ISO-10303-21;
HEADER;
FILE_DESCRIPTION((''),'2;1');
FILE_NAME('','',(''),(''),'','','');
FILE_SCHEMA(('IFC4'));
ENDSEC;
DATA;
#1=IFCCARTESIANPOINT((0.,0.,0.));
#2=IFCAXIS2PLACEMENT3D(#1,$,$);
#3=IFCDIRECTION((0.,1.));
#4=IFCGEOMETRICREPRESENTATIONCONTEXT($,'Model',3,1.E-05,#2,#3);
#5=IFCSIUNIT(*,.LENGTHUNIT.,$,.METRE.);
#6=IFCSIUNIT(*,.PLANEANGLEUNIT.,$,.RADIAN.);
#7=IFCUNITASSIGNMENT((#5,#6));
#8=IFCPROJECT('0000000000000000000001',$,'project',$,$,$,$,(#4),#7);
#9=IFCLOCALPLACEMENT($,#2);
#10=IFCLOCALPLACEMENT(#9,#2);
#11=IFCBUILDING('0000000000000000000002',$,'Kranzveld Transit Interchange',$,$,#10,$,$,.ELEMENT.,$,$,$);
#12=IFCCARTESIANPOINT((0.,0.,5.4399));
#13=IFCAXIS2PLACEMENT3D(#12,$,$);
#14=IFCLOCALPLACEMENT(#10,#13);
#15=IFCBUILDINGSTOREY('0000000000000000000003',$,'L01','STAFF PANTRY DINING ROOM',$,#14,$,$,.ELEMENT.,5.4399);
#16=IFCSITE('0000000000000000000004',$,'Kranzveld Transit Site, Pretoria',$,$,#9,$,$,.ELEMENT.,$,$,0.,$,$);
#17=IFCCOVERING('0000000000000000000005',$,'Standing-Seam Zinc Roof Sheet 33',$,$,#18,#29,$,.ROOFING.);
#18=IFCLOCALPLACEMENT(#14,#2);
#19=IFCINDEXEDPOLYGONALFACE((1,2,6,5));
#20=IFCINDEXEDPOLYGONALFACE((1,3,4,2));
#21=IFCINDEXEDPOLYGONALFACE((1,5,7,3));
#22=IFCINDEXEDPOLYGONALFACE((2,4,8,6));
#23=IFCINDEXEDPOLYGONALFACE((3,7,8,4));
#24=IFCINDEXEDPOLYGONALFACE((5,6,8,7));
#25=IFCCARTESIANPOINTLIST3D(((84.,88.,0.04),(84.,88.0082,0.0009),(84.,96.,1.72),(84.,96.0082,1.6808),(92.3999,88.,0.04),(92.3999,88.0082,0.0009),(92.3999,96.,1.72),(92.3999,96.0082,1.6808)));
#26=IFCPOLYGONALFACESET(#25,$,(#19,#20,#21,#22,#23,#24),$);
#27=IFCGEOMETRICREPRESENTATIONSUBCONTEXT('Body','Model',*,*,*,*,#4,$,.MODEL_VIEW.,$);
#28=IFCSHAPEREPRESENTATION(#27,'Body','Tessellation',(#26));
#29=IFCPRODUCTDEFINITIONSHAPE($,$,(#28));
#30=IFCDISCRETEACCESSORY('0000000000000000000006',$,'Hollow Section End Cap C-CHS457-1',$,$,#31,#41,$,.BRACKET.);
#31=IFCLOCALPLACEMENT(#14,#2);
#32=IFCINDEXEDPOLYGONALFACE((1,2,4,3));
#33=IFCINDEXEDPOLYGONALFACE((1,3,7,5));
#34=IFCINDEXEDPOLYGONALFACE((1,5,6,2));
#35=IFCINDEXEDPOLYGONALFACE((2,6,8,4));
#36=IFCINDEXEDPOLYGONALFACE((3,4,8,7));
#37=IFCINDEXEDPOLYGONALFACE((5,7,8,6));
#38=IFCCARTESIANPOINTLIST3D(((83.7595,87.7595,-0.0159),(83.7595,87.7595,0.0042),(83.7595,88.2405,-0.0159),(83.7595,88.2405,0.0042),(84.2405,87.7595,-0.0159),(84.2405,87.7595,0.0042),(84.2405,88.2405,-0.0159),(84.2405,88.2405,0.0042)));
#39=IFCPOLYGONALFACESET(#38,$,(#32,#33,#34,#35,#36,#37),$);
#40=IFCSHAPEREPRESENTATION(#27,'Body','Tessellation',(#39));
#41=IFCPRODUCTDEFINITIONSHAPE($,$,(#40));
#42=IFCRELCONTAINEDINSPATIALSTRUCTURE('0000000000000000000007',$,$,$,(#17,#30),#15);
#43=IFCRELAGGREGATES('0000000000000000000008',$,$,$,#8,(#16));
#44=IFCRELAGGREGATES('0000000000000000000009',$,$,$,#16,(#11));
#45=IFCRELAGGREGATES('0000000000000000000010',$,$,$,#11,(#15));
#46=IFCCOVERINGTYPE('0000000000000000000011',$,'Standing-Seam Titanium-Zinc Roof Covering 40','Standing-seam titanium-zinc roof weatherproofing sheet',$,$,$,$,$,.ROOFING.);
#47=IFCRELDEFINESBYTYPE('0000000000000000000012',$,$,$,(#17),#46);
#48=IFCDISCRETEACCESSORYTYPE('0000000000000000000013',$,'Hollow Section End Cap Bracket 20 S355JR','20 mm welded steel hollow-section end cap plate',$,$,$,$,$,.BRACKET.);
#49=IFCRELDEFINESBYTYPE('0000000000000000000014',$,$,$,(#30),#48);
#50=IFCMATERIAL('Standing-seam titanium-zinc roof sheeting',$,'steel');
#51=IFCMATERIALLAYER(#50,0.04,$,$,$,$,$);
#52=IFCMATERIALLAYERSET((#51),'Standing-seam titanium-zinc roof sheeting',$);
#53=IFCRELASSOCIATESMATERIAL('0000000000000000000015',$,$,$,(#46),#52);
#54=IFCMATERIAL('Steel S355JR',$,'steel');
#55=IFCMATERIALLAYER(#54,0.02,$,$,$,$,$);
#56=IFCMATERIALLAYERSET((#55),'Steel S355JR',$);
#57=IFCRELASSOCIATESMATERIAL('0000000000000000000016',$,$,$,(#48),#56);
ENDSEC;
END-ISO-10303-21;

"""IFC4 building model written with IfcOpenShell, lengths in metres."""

from ifc_helpers import new_model, si_unit, direction, frame, origin, origin_2d, place, context, subcontext, project, spatial, polyline, rectangle, outline, extrude, material, layer, layer_set, type_object, element, save


model = new_model("IFC4")

# Units and contexts
model_context = context("Model", 3, precision=1e-05, world=origin(), true_north=direction((0.0, 1.0)))
body_context = subcontext(model_context, "Body", "Model", "MODEL_VIEW")
ifc_project = project(units=[si_unit("LENGTHUNIT", "METRE"), si_unit("PLANEANGLEUNIT", "RADIAN")], contexts=[model_context])

# Site, building, storey
site_placement = place(None, origin())
site = spatial("IfcSite", under=ifc_project, at=site_placement, Name="Kranzveld Transit Site, Pretoria", CompositionType="ELEMENT", RefElevation=0.0)
building_placement = place(site_placement, origin())
building = spatial("IfcBuilding", under=site, at=building_placement, Name="Kranzveld Transit Interchange", CompositionType="ELEMENT")
storey_placement = place(building_placement, frame((0.0, 0.0, 5.4399)))
storey = spatial("IfcBuildingStorey", under=building, at=storey_placement, Name="L01", Description="STAFF PANTRY DINING ROOM", CompositionType="ELEMENT", Elevation=5.4399)

# Covering
ifc_material_1 = material(Name="Standing-seam titanium-zinc roof sheeting", Category="steel")
ifc_layer_1 = layer(ifc_material_1, 0.04)
ifc_layer_set_1 = layer_set([ifc_layer_1], Name="Standing-seam titanium-zinc roof sheeting")
covering_type = type_object("IfcCoveringType", Name="Standing-Seam Titanium-Zinc Roof Covering 40", Description="Standing-seam titanium-zinc roof weatherproofing sheet", PredefinedType="ROOFING", material=ifc_layer_set_1)
covering_placement = place(storey_placement, frame((84.0, 88.0, 0.04), z_axis=(0.0, -0.205509, 0.978655), x_axis=(1.0, 0.0, 0.0)))
element("IfcCovering", 1, at=covering_placement, inside=storey, type_object=covering_type, Name="Standing-Seam Zinc Roof Sheet 33", PredefinedType="ROOFING", context=body_context, shape_type="SweptSolid", body=[
    extrude(outline(polyline([(0.0, 0.0), (8.3999, 0.0), (8.3999, 8.1745), (0.0, 8.1745), (0.0, 0.0)])), origin(), (0.0, 0.0, -1.0), 0.04),
])

# Discrete accessory
ifc_material_2 = material(Name="Steel S355JR", Category="steel")
ifc_layer_2 = layer(ifc_material_2, 0.02)
ifc_layer_set_2 = layer_set([ifc_layer_2], Name="Steel S355JR")
discrete_accessory_type = type_object("IfcDiscreteAccessoryType", Name="Hollow Section End Cap Bracket 20 S355JR", Description="20 mm welded steel hollow-section end cap plate", PredefinedType="BRACKET", material=ifc_layer_set_2)
discrete_accessory_placement = place(storey_placement, frame((84.0, 88.0, 0.0042), z_axis=(0.0, 0.0, -1.0), x_axis=(1.0, 0.0, 0.0)))
element("IfcDiscreteAccessory", 2, at=discrete_accessory_placement, inside=storey, type_object=discrete_accessory_type, Name="Hollow Section End Cap C-CHS457-1", PredefinedType="BRACKET", context=body_context, shape_type="SweptSolid", body=[
    extrude(rectangle(XDim=0.481, YDim=0.481, at=origin_2d()), origin(), (0.0, 0.0, 1.0), 0.02),
])

save(model, "model.ifc")
